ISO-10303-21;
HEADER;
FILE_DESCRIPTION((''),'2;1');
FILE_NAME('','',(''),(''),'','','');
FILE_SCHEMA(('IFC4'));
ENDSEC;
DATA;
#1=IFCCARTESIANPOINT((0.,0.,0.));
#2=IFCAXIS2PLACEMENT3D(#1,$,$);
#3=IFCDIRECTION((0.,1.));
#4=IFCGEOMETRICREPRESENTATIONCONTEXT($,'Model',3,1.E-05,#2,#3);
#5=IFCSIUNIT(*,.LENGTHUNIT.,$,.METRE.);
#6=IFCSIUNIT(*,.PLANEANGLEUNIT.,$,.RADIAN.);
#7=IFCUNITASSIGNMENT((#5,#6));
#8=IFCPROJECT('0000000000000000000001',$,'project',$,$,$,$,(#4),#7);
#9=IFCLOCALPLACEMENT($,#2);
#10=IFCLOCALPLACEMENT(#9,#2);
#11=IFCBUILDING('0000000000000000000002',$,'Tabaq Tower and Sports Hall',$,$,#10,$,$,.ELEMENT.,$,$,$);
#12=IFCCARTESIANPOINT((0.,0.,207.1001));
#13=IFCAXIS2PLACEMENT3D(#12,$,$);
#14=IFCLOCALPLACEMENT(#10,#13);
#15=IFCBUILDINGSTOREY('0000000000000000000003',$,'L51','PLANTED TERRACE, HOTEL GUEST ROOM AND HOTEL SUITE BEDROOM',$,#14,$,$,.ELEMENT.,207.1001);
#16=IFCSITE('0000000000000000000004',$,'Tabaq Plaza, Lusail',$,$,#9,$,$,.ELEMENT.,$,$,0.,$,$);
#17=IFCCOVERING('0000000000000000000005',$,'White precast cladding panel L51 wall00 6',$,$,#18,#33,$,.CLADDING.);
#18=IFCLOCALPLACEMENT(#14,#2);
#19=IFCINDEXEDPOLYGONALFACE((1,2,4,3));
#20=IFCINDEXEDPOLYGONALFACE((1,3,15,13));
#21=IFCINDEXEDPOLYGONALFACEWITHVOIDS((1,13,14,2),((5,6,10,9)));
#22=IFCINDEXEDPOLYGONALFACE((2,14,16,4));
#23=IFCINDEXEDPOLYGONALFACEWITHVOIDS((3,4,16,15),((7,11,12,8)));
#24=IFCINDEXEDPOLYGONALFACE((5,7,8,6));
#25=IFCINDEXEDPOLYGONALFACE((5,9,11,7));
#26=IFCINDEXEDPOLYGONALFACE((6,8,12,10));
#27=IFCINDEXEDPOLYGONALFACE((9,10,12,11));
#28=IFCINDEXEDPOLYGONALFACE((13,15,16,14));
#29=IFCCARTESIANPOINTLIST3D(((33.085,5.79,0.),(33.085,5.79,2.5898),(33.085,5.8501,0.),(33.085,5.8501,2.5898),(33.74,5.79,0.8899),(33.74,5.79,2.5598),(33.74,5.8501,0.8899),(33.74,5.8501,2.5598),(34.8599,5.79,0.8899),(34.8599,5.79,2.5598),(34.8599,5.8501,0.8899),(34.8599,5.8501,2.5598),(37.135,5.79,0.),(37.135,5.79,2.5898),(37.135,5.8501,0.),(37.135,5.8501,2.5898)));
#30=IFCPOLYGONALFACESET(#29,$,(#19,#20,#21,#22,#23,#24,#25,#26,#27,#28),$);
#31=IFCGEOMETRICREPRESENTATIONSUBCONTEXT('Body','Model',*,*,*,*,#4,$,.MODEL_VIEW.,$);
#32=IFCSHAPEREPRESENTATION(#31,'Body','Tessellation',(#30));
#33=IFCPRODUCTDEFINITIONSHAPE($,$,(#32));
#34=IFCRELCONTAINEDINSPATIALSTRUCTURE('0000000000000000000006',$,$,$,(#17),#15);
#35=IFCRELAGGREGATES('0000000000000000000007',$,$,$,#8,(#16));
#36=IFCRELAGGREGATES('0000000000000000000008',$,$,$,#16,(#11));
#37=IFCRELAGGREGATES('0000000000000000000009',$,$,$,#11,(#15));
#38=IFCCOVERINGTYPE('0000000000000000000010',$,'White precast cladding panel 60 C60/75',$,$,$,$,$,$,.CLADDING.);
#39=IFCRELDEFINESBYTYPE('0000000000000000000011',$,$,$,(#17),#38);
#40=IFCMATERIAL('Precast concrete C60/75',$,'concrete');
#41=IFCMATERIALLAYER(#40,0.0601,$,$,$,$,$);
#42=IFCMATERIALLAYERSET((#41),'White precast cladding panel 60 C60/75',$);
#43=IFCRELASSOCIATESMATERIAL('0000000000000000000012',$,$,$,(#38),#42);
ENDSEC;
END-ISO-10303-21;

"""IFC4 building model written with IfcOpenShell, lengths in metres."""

from ifc_helpers import new_model, si_unit, direction, frame, origin, place, context, subcontext, project, spatial, polyline, outline, extrude, material, layer, layer_set, type_object, element, save


model = new_model("IFC4")

# Units and contexts
model_context = context("Model", 3, precision=1e-05, world=origin(), true_north=direction((0.0, 1.0)))
body_context = subcontext(model_context, "Body", "Model", "MODEL_VIEW")
ifc_project = project(units=[si_unit("LENGTHUNIT", "METRE"), si_unit("PLANEANGLEUNIT", "RADIAN")], contexts=[model_context])

# Site, building, storey
site_placement = place(None, origin())
site = spatial("IfcSite", under=ifc_project, at=site_placement, Name="Tabaq Plaza, Lusail", CompositionType="ELEMENT", RefElevation=0.0)
building_placement = place(site_placement, origin())
building = spatial("IfcBuilding", under=site, at=building_placement, Name="Tabaq Tower and Sports Hall", CompositionType="ELEMENT")
storey_placement = place(building_placement, frame((0.0, 0.0, 207.1001)))
storey = spatial("IfcBuildingStorey", under=building, at=storey_placement, Name="L51", Description="PLANTED TERRACE, HOTEL GUEST ROOM AND HOTEL SUITE BEDROOM", CompositionType="ELEMENT", Elevation=207.1001)

# Covering
ifc_material_1 = material(Name="Precast concrete C60/75", Category="concrete")
ifc_layer_1 = layer(ifc_material_1, 0.0601)
ifc_layer_set_1 = layer_set([ifc_layer_1], Name="White precast cladding panel 60 C60/75")
covering_type = type_object("IfcCoveringType", Name="White precast cladding panel 60 C60/75", PredefinedType="CLADDING", material=ifc_layer_set_1)
covering_1_placement = place(storey_placement, frame((33.085, 5.8201, 0.0), z_axis=(0.0, 0.0, 1.0), x_axis=(1.0, 0.0, 0.0)))
element("IfcCovering", 1, at=covering_1_placement, inside=storey, type_object=covering_type, Name="White precast cladding panel L51 wall00 6", PredefinedType="CLADDING", context=body_context, shape_type="SweptSolid", body=[
    extrude(outline(polyline([(0.0, 0.0), (4.05, 0.0), (4.05, 2.5898), (0.0, 2.5898), (0.0, 0.0)]), holes=[polyline([(1.7749, 0.8899), (0.655, 0.8899), (0.655, 2.5598), (1.7749, 2.5598), (1.7749, 0.8899)])]), frame((0.0, 0.03, 0.0), z_axis=(0.0, -1.0, 0.0), x_axis=(1.0, 0.0, 0.0)), (0.0, 0.0, 1.0), 0.0601),
])

save(model, "model.ifc")
